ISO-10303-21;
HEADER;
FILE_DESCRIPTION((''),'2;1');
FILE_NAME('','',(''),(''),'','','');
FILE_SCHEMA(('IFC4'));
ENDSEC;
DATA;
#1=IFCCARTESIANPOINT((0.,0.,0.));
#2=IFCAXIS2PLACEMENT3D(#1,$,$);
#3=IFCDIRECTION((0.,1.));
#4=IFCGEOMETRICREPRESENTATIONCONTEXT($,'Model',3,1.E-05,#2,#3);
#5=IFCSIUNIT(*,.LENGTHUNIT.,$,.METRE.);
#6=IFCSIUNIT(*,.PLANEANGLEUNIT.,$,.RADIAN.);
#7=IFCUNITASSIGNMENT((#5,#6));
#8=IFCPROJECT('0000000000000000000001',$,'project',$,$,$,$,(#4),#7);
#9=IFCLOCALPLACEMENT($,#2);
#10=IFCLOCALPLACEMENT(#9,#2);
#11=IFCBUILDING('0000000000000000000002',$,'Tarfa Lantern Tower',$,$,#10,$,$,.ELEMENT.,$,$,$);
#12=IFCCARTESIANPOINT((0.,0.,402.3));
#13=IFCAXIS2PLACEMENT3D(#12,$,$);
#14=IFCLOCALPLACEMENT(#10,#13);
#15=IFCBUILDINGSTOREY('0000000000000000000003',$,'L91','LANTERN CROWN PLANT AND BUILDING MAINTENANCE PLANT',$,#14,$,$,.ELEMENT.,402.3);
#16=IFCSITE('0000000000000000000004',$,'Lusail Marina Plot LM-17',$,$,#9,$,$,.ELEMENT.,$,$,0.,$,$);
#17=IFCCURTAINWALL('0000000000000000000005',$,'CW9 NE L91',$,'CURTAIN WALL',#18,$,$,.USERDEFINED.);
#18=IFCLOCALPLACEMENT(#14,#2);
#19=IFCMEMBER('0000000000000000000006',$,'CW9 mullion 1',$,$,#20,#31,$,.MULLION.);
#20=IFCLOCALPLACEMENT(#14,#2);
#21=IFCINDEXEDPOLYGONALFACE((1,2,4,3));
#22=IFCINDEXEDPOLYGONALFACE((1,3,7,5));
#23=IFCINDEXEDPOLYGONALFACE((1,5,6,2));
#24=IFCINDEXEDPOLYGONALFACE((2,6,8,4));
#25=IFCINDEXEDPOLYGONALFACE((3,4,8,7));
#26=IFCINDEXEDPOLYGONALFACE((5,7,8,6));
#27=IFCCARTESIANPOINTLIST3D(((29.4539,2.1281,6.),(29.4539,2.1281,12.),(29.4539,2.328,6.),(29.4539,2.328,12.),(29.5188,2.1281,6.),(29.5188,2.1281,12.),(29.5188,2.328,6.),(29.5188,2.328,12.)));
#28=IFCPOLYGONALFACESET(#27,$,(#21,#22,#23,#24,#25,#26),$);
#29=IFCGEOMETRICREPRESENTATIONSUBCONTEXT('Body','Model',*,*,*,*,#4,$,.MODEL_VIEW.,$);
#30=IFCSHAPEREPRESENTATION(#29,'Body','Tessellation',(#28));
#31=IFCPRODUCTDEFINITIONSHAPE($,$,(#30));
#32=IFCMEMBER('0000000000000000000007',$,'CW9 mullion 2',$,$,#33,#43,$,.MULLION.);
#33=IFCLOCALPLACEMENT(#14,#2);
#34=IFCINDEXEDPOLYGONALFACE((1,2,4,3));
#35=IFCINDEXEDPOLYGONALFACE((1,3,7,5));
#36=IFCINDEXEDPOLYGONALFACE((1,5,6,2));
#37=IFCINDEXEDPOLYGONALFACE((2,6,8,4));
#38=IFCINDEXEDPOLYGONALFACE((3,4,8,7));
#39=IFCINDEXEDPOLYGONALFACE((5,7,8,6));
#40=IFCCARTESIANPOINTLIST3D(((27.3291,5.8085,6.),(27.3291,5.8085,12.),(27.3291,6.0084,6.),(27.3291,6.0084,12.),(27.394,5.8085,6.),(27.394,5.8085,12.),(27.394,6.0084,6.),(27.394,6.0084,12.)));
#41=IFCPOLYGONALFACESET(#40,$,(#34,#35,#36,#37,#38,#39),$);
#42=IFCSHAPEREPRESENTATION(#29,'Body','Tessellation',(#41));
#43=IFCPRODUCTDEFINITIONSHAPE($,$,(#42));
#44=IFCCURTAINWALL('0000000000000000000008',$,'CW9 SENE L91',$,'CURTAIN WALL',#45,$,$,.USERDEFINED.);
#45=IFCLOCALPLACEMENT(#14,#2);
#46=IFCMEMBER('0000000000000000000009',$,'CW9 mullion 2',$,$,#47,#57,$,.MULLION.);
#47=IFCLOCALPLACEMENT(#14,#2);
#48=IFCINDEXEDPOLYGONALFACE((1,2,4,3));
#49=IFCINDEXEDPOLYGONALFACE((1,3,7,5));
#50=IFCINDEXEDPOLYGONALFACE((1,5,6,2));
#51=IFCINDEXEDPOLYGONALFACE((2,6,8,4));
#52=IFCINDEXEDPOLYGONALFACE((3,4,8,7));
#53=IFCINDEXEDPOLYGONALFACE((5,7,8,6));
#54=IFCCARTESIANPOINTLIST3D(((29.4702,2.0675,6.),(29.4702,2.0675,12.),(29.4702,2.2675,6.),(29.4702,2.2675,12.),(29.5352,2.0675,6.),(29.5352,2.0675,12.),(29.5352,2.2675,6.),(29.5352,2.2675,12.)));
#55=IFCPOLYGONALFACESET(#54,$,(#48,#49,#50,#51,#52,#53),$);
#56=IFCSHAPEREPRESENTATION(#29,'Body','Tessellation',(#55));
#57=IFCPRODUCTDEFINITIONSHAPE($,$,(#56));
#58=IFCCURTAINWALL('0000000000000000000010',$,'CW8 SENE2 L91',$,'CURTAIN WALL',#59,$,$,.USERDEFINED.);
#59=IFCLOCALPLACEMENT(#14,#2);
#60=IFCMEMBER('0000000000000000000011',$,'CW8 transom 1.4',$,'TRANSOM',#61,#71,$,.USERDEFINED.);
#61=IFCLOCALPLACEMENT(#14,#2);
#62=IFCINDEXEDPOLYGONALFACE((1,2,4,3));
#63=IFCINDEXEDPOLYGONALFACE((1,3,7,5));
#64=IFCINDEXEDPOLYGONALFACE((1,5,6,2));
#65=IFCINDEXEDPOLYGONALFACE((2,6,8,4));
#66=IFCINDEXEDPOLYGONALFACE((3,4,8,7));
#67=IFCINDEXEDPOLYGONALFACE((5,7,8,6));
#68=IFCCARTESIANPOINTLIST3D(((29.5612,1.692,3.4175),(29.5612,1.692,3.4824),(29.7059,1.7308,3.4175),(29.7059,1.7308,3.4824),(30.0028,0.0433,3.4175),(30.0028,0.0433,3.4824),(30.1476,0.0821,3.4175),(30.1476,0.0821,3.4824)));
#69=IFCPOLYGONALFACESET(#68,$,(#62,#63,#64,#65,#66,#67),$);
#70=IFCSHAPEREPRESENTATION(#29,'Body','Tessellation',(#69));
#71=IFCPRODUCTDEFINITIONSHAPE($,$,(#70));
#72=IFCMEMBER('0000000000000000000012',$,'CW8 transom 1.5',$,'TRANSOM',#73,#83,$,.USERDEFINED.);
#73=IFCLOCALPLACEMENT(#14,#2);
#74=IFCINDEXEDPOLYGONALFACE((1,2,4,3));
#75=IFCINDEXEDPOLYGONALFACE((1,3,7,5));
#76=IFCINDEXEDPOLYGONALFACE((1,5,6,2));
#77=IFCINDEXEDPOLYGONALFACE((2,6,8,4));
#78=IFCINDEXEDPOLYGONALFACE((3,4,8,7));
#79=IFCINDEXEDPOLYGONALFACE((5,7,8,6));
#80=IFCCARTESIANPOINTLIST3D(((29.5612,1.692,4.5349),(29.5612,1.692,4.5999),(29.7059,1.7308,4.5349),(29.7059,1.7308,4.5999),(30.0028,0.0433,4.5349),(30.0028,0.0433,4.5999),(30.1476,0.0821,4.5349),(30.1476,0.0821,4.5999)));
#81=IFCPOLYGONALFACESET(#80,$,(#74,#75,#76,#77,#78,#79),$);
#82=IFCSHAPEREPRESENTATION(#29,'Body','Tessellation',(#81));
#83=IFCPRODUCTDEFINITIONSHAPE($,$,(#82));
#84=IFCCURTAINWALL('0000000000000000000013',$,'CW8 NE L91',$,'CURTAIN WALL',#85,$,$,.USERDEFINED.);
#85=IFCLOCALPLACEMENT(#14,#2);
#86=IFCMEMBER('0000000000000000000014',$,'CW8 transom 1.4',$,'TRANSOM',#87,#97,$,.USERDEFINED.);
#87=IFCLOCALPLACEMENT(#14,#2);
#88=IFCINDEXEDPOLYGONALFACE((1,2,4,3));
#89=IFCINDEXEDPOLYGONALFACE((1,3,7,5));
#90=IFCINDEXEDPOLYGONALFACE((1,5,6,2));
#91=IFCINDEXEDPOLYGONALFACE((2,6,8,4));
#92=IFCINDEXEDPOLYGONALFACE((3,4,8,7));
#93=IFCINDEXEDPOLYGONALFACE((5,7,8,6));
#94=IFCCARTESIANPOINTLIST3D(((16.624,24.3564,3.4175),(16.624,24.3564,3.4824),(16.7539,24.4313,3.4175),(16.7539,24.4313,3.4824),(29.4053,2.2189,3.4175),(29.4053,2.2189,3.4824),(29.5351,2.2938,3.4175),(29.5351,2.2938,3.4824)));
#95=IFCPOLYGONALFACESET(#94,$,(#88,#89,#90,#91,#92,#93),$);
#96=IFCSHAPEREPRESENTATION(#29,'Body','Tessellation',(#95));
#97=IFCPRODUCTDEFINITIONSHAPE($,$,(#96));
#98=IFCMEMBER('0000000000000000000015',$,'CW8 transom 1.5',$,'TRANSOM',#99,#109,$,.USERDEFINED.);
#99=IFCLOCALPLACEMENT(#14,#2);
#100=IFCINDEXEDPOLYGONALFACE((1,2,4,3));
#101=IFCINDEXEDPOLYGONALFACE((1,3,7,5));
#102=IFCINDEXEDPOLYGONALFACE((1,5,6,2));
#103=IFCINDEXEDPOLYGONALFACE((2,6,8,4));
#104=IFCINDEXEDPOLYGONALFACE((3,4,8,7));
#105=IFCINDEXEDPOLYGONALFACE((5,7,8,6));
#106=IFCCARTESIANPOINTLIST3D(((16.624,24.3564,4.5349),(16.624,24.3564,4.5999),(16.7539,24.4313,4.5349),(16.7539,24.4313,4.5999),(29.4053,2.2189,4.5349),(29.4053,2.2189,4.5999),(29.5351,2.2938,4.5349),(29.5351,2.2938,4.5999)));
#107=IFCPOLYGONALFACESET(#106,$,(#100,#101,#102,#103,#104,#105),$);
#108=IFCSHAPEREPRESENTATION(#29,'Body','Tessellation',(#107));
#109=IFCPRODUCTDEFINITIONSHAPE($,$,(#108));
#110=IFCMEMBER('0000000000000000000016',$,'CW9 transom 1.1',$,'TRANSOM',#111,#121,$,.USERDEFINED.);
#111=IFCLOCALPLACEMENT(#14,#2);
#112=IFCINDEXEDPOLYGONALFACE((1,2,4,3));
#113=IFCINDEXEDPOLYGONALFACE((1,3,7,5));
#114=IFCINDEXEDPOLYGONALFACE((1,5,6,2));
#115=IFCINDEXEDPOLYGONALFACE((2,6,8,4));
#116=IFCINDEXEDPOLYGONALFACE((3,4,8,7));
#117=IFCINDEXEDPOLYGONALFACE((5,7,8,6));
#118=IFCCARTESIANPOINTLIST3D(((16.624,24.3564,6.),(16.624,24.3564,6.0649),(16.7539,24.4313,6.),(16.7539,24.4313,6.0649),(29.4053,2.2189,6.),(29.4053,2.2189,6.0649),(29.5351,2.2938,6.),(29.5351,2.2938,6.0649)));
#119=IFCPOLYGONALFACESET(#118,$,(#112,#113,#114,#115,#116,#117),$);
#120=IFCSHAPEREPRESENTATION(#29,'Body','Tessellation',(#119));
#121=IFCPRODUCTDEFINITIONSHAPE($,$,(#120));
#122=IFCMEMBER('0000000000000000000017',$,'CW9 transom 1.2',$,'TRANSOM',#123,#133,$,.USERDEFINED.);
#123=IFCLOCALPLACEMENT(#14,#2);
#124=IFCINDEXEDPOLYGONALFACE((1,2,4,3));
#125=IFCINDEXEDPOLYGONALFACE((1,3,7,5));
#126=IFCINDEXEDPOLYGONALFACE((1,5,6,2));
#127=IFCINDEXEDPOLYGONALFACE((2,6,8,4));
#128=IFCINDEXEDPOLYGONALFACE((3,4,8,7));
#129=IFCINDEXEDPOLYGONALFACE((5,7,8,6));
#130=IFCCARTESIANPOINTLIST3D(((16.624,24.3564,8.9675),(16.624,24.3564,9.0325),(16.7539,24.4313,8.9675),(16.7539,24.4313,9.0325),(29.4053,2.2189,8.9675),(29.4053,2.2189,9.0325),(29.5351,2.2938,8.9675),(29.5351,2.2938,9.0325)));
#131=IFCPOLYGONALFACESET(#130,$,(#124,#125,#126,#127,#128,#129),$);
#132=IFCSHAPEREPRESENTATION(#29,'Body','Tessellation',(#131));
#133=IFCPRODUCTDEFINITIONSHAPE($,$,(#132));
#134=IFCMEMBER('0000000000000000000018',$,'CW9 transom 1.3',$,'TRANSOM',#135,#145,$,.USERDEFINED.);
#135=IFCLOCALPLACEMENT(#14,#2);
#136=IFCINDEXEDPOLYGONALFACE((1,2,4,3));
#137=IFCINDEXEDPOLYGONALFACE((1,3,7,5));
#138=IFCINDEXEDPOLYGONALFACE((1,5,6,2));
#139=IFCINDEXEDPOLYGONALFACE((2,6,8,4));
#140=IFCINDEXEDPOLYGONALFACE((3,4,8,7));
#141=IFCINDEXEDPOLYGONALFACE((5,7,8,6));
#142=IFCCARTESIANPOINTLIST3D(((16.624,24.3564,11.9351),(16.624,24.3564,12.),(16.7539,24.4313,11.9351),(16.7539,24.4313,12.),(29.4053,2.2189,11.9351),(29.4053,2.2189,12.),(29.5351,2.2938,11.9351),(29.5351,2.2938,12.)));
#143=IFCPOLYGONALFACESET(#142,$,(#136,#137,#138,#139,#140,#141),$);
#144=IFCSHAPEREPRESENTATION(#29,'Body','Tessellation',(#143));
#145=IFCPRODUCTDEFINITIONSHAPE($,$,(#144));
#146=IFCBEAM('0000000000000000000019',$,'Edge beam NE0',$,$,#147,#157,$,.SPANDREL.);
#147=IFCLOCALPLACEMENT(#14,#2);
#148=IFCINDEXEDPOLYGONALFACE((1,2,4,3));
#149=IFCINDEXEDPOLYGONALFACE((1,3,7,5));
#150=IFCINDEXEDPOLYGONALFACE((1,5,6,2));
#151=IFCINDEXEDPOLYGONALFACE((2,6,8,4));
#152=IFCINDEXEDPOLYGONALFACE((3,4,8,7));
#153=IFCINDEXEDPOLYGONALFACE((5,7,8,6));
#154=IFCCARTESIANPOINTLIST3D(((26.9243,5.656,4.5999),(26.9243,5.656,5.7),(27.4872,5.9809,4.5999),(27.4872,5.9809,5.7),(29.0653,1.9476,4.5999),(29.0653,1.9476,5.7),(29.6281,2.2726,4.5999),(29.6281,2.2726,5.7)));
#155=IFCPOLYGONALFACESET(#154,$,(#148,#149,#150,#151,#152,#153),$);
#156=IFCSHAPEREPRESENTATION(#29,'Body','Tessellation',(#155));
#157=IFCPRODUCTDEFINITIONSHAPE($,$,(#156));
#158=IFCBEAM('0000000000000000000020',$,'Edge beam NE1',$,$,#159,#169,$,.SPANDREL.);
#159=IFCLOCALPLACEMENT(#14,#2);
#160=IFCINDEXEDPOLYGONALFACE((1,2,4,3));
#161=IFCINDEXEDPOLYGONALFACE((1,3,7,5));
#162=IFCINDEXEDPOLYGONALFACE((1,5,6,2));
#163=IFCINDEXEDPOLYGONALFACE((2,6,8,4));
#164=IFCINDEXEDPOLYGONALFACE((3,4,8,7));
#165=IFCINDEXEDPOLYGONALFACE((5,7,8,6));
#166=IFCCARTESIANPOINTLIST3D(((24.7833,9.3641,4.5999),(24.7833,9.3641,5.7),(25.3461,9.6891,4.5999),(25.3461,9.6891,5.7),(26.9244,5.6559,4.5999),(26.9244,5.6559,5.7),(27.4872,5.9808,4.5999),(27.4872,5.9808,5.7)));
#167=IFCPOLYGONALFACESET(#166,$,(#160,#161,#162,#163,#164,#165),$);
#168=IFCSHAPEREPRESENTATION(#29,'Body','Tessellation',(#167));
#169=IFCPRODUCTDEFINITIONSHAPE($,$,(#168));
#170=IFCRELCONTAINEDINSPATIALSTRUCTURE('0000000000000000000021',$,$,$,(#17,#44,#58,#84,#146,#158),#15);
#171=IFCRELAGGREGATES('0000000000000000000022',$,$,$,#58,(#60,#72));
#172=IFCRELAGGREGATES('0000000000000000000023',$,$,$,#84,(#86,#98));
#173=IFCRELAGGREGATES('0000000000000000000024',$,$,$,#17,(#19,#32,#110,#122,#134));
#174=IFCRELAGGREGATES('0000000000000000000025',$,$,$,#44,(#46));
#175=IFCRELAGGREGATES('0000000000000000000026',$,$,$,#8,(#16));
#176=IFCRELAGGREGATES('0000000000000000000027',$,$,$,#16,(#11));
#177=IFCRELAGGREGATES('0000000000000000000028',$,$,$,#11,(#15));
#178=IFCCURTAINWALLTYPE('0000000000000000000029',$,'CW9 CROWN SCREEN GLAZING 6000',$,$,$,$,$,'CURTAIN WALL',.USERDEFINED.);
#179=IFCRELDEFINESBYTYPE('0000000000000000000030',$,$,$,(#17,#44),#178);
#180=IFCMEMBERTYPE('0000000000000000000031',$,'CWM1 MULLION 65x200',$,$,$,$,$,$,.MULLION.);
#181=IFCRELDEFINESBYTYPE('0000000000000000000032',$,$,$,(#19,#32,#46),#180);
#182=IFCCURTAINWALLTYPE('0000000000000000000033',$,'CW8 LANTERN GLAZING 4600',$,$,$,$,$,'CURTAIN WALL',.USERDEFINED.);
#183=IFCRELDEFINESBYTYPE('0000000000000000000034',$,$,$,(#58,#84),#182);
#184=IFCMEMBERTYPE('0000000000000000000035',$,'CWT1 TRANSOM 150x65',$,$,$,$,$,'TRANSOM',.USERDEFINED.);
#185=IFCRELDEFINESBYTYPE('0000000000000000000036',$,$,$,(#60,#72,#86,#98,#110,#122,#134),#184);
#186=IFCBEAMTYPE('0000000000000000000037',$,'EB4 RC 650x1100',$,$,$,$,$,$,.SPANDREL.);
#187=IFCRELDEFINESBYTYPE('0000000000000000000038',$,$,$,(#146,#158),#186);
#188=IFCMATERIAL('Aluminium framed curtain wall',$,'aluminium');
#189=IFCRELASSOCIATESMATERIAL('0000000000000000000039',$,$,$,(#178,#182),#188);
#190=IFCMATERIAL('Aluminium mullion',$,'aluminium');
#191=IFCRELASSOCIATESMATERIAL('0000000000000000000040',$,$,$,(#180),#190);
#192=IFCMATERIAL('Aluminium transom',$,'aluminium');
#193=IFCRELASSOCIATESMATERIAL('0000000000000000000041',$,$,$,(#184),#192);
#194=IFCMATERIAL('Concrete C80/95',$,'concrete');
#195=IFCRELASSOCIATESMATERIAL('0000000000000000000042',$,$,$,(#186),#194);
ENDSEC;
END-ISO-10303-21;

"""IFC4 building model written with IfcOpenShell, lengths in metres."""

from ifc_helpers import new_model, si_unit, direction, frame, origin, origin_2d, place, context, subcontext, project, spatial, rectangle, extrude, material, material_profile, profile_set, type_object, element, aggregate, save


model = new_model("IFC4")

# Units and contexts
model_context = context("Model", 3, precision=1e-05, world=origin(), true_north=direction((0.0, 1.0)))
body_context = subcontext(model_context, "Body", "Model", "MODEL_VIEW")
ifc_project = project(units=[si_unit("LENGTHUNIT", "METRE"), si_unit("PLANEANGLEUNIT", "RADIAN")], contexts=[model_context])

# Site, building, storey
site_placement = place(None, origin())
site = spatial("IfcSite", under=ifc_project, at=site_placement, Name="Lusail Marina Plot LM-17", CompositionType="ELEMENT", RefElevation=0.0)
building_placement = place(site_placement, origin())
building = spatial("IfcBuilding", under=site, at=building_placement, Name="Tarfa Lantern Tower", CompositionType="ELEMENT")
storey_placement = place(building_placement, frame((0.0, 0.0, 402.3)))
storey = spatial("IfcBuildingStorey", under=building, at=storey_placement, Name="L91", Description="LANTERN CROWN PLANT AND BUILDING MAINTENANCE PLANT", CompositionType="ELEMENT", Elevation=402.3)

# Curtain wall, members
ifc_material_1 = material(Name="Aluminium framed curtain wall", Category="aluminium")
curtain_wall_type_1 = type_object("IfcCurtainWallType", Name="CW9 CROWN SCREEN GLAZING 6000", ElementType="CURTAIN WALL", PredefinedType="USERDEFINED", material=ifc_material_1)
curtain_wall_1_placement = place(storey_placement, origin())
curtain_wall_1 = element("IfcCurtainWall", 1, at=curtain_wall_1_placement, inside=storey, type_object=curtain_wall_type_1, Name="CW9 NE L91", ObjectType="CURTAIN WALL", PredefinedType="USERDEFINED")
ifc_material_2 = material(Name="Aluminium mullion", Category="aluminium")
ifc_material_profile_1 = material_profile(ifc_material_2, rectangle(XDim=0.0649, YDim=0.2, at=origin_2d()), Name="AL MULLION 65x200")
ifc_profile_set_1 = profile_set([ifc_material_profile_1], Name="Aluminium mullion")
member_type_1 = type_object("IfcMemberType", Name="CWM1 MULLION 65x200", PredefinedType="MULLION", material=ifc_profile_set_1)
member_1_placement = place(storey_placement, frame((29.4863, 2.228, 6.0), z_axis=(0.0, 0.0, 1.0), x_axis=(1.0, 0.0, 0.0)))
member_1 = element("IfcMember", 2, at=member_1_placement, type_object=member_type_1, Name="CW9 mullion 1", PredefinedType="MULLION", context=body_context, shape_type="SweptSolid", body=[
    extrude(rectangle(XDim=0.0649, YDim=0.2, at=origin_2d()), origin(), (0.0, 0.0, 1.0), 6.0),
])
member_2_placement = place(storey_placement, frame((27.3616, 5.9084, 6.0), z_axis=(0.0, 0.0, 1.0), x_axis=(1.0, 0.0, 0.0)))
member_2 = element("IfcMember", 3, at=member_2_placement, type_object=member_type_1, Name="CW9 mullion 2", PredefinedType="MULLION", context=body_context, shape_type="SweptSolid", body=[
    extrude(rectangle(XDim=0.0649, YDim=0.2, at=origin_2d()), origin(), (0.0, 0.0, 1.0), 6.0),
])

# Curtain wall, member
curtain_wall_2_placement = place(storey_placement, origin())
curtain_wall_2 = element("IfcCurtainWall", 4, at=curtain_wall_2_placement, inside=storey, type_object=curtain_wall_type_1, Name="CW9 SENE L91", ObjectType="CURTAIN WALL", PredefinedType="USERDEFINED")
member_3_placement = place(storey_placement, frame((29.5027, 2.1675, 6.0), z_axis=(0.0, 0.0, 1.0), x_axis=(1.0, 0.0, 0.0)))
member_3 = element("IfcMember", 5, at=member_3_placement, type_object=member_type_1, Name="CW9 mullion 2", PredefinedType="MULLION", context=body_context, shape_type="SweptSolid", body=[
    extrude(rectangle(XDim=0.0649, YDim=0.2, at=origin_2d()), origin(), (0.0, 0.0, 1.0), 6.0),
])

# Curtain walls, members
curtain_wall_type_2 = type_object("IfcCurtainWallType", Name="CW8 LANTERN GLAZING 4600", ElementType="CURTAIN WALL", PredefinedType="USERDEFINED", material=ifc_material_1)
curtain_wall_3_placement = place(storey_placement, origin())
curtain_wall_3 = element("IfcCurtainWall", 6, at=curtain_wall_3_placement, inside=storey, type_object=curtain_wall_type_2, Name="CW8 SENE2 L91", ObjectType="CURTAIN WALL", PredefinedType="USERDEFINED")
ifc_material_3 = material(Name="Aluminium transom", Category="aluminium")
ifc_material_profile_2 = material_profile(ifc_material_3, rectangle(XDim=0.1499, YDim=0.0649, at=origin_2d()), Name="AL TRANSOM 150x65")
ifc_profile_set_2 = profile_set([ifc_material_profile_2], Name="Aluminium transom")
member_type_2 = type_object("IfcMemberType", Name="CWT1 TRANSOM 150x65", ElementType="TRANSOM", PredefinedType="USERDEFINED", material=ifc_profile_set_2)
member_4_placement = place(storey_placement, frame((30.0752, 0.0627, 3.45), z_axis=(-0.258758, 0.965942, 0.0), x_axis=(-0.965942, -0.258758, 0.0)))
member_4 = element("IfcMember", 7, at=member_4_placement, type_object=member_type_2, Name="CW8 transom 1.4", ObjectType="TRANSOM", PredefinedType="USERDEFINED", context=body_context, shape_type="SweptSolid", body=[
    extrude(rectangle(XDim=0.1499, YDim=0.0649, at=origin_2d()), origin(), (0.0, 0.0, 1.0), 1.7068),
])
member_5_placement = place(storey_placement, frame((30.0752, 0.0627, 4.5674), z_axis=(-0.258758, 0.965942, 0.0), x_axis=(-0.965942, -0.258758, 0.0)))
member_5 = element("IfcMember", 8, at=member_5_placement, type_object=member_type_2, Name="CW8 transom 1.5", ObjectType="TRANSOM", PredefinedType="USERDEFINED", context=body_context, shape_type="SweptSolid", body=[
    extrude(rectangle(XDim=0.1499, YDim=0.0649, at=origin_2d()), origin(), (0.0, 0.0, 1.0), 1.7068),
])
curtain_wall_4_placement = place(storey_placement, origin())
curtain_wall_4 = element("IfcCurtainWall", 9, at=curtain_wall_4_placement, inside=storey, type_object=curtain_wall_type_2, Name="CW8 NE L91", ObjectType="CURTAIN WALL", PredefinedType="USERDEFINED")
member_6_placement = place(storey_placement, frame((29.4702, 2.2563, 3.45), z_axis=(-0.500005, 0.866022, 0.0), x_axis=(-0.866022, -0.500005, 0.0)))
member_6 = element("IfcMember", 10, at=member_6_placement, type_object=member_type_2, Name="CW8 transom 1.4", ObjectType="TRANSOM", PredefinedType="USERDEFINED", context=body_context, shape_type="SweptSolid", body=[
    extrude(rectangle(XDim=0.1499, YDim=0.0649, at=origin_2d()), origin(), (0.0, 0.0, 1.0), 25.5623),
])
member_7_placement = place(storey_placement, frame((29.4702, 2.2563, 4.5674), z_axis=(-0.500005, 0.866022, 0.0), x_axis=(-0.866022, -0.500005, 0.0)))
member_7 = element("IfcMember", 11, at=member_7_placement, type_object=member_type_2, Name="CW8 transom 1.5", ObjectType="TRANSOM", PredefinedType="USERDEFINED", context=body_context, shape_type="SweptSolid", body=[
    extrude(rectangle(XDim=0.1499, YDim=0.0649, at=origin_2d()), origin(), (0.0, 0.0, 1.0), 25.5623),
])

# Members
member_8_placement = place(storey_placement, frame((29.4702, 2.2563, 6.0325), z_axis=(-0.500005, 0.866022, 0.0), x_axis=(-0.866022, -0.500005, 0.0)))
member_8 = element("IfcMember", 12, at=member_8_placement, type_object=member_type_2, Name="CW9 transom 1.1", ObjectType="TRANSOM", PredefinedType="USERDEFINED", context=body_context, shape_type="SweptSolid", body=[
    extrude(rectangle(XDim=0.1499, YDim=0.0649, at=origin_2d()), origin(), (0.0, 0.0, 1.0), 25.5623),
])
member_9_placement = place(storey_placement, frame((29.4702, 2.2563, 9.0), z_axis=(-0.500005, 0.866022, 0.0), x_axis=(-0.866022, -0.500005, 0.0)))
member_9 = element("IfcMember", 13, at=member_9_placement, type_object=member_type_2, Name="CW9 transom 1.2", ObjectType="TRANSOM", PredefinedType="USERDEFINED", context=body_context, shape_type="SweptSolid", body=[
    extrude(rectangle(XDim=0.1499, YDim=0.0649, at=origin_2d()), origin(), (0.0, 0.0, 1.0), 25.5623),
])
member_10_placement = place(storey_placement, frame((29.4702, 2.2563, 11.9675), z_axis=(-0.500005, 0.866022, 0.0), x_axis=(-0.866022, -0.500005, 0.0)))
member_10 = element("IfcMember", 14, at=member_10_placement, type_object=member_type_2, Name="CW9 transom 1.3", ObjectType="TRANSOM", PredefinedType="USERDEFINED", context=body_context, shape_type="SweptSolid", body=[
    extrude(rectangle(XDim=0.1499, YDim=0.0649, at=origin_2d()), origin(), (0.0, 0.0, 1.0), 25.5623),
])

# Beams
ifc_material_4 = material(Name="Concrete C80/95", Category="concrete")
ifc_material_profile_3 = material_profile(ifc_material_4, rectangle(XDim=0.6499, YDim=1.1001, at=origin_2d()), Name="RC 650x1100")
ifc_profile_set_3 = profile_set([ifc_material_profile_3], Name="Concrete C80/95")
beam_type_1 = type_object("IfcBeamType", Name="EB4 RC 650x1100", PredefinedType="SPANDREL", material=ifc_profile_set_3)
for number, where, z_axis, x_axis, name in (
    (15, (29.3467, 2.1101, 5.1499), (-0.499984, 0.866035, 0.0), (-0.866035, -0.499984, 0.0), "Edge beam NE0"),
    (16, (27.2058, 5.8184, 5.1499), (-0.500027, 0.86601, 0.0), (-0.86601, -0.500027, 0.0), "Edge beam NE1"),
):
    element("IfcBeam", number, at=place(storey_placement, frame(where, z_axis=z_axis, x_axis=x_axis)), inside=storey, type_object=beam_type_1, Name=name, PredefinedType="SPANDREL", context=body_context, shape_type="SweptSolid", body=[
        extrude(rectangle(XDim=0.6499, YDim=1.1001, at=origin_2d()), origin(), (0.0, 0.0, 1.0), 4.282),
    ])

aggregate(curtain_wall_3, [member_4, member_5])
aggregate(curtain_wall_4, [member_6, member_7])
aggregate(curtain_wall_1, [member_1, member_2, member_8, member_9, member_10])
aggregate(curtain_wall_2, [member_3])

save(model, "model.ifc")
